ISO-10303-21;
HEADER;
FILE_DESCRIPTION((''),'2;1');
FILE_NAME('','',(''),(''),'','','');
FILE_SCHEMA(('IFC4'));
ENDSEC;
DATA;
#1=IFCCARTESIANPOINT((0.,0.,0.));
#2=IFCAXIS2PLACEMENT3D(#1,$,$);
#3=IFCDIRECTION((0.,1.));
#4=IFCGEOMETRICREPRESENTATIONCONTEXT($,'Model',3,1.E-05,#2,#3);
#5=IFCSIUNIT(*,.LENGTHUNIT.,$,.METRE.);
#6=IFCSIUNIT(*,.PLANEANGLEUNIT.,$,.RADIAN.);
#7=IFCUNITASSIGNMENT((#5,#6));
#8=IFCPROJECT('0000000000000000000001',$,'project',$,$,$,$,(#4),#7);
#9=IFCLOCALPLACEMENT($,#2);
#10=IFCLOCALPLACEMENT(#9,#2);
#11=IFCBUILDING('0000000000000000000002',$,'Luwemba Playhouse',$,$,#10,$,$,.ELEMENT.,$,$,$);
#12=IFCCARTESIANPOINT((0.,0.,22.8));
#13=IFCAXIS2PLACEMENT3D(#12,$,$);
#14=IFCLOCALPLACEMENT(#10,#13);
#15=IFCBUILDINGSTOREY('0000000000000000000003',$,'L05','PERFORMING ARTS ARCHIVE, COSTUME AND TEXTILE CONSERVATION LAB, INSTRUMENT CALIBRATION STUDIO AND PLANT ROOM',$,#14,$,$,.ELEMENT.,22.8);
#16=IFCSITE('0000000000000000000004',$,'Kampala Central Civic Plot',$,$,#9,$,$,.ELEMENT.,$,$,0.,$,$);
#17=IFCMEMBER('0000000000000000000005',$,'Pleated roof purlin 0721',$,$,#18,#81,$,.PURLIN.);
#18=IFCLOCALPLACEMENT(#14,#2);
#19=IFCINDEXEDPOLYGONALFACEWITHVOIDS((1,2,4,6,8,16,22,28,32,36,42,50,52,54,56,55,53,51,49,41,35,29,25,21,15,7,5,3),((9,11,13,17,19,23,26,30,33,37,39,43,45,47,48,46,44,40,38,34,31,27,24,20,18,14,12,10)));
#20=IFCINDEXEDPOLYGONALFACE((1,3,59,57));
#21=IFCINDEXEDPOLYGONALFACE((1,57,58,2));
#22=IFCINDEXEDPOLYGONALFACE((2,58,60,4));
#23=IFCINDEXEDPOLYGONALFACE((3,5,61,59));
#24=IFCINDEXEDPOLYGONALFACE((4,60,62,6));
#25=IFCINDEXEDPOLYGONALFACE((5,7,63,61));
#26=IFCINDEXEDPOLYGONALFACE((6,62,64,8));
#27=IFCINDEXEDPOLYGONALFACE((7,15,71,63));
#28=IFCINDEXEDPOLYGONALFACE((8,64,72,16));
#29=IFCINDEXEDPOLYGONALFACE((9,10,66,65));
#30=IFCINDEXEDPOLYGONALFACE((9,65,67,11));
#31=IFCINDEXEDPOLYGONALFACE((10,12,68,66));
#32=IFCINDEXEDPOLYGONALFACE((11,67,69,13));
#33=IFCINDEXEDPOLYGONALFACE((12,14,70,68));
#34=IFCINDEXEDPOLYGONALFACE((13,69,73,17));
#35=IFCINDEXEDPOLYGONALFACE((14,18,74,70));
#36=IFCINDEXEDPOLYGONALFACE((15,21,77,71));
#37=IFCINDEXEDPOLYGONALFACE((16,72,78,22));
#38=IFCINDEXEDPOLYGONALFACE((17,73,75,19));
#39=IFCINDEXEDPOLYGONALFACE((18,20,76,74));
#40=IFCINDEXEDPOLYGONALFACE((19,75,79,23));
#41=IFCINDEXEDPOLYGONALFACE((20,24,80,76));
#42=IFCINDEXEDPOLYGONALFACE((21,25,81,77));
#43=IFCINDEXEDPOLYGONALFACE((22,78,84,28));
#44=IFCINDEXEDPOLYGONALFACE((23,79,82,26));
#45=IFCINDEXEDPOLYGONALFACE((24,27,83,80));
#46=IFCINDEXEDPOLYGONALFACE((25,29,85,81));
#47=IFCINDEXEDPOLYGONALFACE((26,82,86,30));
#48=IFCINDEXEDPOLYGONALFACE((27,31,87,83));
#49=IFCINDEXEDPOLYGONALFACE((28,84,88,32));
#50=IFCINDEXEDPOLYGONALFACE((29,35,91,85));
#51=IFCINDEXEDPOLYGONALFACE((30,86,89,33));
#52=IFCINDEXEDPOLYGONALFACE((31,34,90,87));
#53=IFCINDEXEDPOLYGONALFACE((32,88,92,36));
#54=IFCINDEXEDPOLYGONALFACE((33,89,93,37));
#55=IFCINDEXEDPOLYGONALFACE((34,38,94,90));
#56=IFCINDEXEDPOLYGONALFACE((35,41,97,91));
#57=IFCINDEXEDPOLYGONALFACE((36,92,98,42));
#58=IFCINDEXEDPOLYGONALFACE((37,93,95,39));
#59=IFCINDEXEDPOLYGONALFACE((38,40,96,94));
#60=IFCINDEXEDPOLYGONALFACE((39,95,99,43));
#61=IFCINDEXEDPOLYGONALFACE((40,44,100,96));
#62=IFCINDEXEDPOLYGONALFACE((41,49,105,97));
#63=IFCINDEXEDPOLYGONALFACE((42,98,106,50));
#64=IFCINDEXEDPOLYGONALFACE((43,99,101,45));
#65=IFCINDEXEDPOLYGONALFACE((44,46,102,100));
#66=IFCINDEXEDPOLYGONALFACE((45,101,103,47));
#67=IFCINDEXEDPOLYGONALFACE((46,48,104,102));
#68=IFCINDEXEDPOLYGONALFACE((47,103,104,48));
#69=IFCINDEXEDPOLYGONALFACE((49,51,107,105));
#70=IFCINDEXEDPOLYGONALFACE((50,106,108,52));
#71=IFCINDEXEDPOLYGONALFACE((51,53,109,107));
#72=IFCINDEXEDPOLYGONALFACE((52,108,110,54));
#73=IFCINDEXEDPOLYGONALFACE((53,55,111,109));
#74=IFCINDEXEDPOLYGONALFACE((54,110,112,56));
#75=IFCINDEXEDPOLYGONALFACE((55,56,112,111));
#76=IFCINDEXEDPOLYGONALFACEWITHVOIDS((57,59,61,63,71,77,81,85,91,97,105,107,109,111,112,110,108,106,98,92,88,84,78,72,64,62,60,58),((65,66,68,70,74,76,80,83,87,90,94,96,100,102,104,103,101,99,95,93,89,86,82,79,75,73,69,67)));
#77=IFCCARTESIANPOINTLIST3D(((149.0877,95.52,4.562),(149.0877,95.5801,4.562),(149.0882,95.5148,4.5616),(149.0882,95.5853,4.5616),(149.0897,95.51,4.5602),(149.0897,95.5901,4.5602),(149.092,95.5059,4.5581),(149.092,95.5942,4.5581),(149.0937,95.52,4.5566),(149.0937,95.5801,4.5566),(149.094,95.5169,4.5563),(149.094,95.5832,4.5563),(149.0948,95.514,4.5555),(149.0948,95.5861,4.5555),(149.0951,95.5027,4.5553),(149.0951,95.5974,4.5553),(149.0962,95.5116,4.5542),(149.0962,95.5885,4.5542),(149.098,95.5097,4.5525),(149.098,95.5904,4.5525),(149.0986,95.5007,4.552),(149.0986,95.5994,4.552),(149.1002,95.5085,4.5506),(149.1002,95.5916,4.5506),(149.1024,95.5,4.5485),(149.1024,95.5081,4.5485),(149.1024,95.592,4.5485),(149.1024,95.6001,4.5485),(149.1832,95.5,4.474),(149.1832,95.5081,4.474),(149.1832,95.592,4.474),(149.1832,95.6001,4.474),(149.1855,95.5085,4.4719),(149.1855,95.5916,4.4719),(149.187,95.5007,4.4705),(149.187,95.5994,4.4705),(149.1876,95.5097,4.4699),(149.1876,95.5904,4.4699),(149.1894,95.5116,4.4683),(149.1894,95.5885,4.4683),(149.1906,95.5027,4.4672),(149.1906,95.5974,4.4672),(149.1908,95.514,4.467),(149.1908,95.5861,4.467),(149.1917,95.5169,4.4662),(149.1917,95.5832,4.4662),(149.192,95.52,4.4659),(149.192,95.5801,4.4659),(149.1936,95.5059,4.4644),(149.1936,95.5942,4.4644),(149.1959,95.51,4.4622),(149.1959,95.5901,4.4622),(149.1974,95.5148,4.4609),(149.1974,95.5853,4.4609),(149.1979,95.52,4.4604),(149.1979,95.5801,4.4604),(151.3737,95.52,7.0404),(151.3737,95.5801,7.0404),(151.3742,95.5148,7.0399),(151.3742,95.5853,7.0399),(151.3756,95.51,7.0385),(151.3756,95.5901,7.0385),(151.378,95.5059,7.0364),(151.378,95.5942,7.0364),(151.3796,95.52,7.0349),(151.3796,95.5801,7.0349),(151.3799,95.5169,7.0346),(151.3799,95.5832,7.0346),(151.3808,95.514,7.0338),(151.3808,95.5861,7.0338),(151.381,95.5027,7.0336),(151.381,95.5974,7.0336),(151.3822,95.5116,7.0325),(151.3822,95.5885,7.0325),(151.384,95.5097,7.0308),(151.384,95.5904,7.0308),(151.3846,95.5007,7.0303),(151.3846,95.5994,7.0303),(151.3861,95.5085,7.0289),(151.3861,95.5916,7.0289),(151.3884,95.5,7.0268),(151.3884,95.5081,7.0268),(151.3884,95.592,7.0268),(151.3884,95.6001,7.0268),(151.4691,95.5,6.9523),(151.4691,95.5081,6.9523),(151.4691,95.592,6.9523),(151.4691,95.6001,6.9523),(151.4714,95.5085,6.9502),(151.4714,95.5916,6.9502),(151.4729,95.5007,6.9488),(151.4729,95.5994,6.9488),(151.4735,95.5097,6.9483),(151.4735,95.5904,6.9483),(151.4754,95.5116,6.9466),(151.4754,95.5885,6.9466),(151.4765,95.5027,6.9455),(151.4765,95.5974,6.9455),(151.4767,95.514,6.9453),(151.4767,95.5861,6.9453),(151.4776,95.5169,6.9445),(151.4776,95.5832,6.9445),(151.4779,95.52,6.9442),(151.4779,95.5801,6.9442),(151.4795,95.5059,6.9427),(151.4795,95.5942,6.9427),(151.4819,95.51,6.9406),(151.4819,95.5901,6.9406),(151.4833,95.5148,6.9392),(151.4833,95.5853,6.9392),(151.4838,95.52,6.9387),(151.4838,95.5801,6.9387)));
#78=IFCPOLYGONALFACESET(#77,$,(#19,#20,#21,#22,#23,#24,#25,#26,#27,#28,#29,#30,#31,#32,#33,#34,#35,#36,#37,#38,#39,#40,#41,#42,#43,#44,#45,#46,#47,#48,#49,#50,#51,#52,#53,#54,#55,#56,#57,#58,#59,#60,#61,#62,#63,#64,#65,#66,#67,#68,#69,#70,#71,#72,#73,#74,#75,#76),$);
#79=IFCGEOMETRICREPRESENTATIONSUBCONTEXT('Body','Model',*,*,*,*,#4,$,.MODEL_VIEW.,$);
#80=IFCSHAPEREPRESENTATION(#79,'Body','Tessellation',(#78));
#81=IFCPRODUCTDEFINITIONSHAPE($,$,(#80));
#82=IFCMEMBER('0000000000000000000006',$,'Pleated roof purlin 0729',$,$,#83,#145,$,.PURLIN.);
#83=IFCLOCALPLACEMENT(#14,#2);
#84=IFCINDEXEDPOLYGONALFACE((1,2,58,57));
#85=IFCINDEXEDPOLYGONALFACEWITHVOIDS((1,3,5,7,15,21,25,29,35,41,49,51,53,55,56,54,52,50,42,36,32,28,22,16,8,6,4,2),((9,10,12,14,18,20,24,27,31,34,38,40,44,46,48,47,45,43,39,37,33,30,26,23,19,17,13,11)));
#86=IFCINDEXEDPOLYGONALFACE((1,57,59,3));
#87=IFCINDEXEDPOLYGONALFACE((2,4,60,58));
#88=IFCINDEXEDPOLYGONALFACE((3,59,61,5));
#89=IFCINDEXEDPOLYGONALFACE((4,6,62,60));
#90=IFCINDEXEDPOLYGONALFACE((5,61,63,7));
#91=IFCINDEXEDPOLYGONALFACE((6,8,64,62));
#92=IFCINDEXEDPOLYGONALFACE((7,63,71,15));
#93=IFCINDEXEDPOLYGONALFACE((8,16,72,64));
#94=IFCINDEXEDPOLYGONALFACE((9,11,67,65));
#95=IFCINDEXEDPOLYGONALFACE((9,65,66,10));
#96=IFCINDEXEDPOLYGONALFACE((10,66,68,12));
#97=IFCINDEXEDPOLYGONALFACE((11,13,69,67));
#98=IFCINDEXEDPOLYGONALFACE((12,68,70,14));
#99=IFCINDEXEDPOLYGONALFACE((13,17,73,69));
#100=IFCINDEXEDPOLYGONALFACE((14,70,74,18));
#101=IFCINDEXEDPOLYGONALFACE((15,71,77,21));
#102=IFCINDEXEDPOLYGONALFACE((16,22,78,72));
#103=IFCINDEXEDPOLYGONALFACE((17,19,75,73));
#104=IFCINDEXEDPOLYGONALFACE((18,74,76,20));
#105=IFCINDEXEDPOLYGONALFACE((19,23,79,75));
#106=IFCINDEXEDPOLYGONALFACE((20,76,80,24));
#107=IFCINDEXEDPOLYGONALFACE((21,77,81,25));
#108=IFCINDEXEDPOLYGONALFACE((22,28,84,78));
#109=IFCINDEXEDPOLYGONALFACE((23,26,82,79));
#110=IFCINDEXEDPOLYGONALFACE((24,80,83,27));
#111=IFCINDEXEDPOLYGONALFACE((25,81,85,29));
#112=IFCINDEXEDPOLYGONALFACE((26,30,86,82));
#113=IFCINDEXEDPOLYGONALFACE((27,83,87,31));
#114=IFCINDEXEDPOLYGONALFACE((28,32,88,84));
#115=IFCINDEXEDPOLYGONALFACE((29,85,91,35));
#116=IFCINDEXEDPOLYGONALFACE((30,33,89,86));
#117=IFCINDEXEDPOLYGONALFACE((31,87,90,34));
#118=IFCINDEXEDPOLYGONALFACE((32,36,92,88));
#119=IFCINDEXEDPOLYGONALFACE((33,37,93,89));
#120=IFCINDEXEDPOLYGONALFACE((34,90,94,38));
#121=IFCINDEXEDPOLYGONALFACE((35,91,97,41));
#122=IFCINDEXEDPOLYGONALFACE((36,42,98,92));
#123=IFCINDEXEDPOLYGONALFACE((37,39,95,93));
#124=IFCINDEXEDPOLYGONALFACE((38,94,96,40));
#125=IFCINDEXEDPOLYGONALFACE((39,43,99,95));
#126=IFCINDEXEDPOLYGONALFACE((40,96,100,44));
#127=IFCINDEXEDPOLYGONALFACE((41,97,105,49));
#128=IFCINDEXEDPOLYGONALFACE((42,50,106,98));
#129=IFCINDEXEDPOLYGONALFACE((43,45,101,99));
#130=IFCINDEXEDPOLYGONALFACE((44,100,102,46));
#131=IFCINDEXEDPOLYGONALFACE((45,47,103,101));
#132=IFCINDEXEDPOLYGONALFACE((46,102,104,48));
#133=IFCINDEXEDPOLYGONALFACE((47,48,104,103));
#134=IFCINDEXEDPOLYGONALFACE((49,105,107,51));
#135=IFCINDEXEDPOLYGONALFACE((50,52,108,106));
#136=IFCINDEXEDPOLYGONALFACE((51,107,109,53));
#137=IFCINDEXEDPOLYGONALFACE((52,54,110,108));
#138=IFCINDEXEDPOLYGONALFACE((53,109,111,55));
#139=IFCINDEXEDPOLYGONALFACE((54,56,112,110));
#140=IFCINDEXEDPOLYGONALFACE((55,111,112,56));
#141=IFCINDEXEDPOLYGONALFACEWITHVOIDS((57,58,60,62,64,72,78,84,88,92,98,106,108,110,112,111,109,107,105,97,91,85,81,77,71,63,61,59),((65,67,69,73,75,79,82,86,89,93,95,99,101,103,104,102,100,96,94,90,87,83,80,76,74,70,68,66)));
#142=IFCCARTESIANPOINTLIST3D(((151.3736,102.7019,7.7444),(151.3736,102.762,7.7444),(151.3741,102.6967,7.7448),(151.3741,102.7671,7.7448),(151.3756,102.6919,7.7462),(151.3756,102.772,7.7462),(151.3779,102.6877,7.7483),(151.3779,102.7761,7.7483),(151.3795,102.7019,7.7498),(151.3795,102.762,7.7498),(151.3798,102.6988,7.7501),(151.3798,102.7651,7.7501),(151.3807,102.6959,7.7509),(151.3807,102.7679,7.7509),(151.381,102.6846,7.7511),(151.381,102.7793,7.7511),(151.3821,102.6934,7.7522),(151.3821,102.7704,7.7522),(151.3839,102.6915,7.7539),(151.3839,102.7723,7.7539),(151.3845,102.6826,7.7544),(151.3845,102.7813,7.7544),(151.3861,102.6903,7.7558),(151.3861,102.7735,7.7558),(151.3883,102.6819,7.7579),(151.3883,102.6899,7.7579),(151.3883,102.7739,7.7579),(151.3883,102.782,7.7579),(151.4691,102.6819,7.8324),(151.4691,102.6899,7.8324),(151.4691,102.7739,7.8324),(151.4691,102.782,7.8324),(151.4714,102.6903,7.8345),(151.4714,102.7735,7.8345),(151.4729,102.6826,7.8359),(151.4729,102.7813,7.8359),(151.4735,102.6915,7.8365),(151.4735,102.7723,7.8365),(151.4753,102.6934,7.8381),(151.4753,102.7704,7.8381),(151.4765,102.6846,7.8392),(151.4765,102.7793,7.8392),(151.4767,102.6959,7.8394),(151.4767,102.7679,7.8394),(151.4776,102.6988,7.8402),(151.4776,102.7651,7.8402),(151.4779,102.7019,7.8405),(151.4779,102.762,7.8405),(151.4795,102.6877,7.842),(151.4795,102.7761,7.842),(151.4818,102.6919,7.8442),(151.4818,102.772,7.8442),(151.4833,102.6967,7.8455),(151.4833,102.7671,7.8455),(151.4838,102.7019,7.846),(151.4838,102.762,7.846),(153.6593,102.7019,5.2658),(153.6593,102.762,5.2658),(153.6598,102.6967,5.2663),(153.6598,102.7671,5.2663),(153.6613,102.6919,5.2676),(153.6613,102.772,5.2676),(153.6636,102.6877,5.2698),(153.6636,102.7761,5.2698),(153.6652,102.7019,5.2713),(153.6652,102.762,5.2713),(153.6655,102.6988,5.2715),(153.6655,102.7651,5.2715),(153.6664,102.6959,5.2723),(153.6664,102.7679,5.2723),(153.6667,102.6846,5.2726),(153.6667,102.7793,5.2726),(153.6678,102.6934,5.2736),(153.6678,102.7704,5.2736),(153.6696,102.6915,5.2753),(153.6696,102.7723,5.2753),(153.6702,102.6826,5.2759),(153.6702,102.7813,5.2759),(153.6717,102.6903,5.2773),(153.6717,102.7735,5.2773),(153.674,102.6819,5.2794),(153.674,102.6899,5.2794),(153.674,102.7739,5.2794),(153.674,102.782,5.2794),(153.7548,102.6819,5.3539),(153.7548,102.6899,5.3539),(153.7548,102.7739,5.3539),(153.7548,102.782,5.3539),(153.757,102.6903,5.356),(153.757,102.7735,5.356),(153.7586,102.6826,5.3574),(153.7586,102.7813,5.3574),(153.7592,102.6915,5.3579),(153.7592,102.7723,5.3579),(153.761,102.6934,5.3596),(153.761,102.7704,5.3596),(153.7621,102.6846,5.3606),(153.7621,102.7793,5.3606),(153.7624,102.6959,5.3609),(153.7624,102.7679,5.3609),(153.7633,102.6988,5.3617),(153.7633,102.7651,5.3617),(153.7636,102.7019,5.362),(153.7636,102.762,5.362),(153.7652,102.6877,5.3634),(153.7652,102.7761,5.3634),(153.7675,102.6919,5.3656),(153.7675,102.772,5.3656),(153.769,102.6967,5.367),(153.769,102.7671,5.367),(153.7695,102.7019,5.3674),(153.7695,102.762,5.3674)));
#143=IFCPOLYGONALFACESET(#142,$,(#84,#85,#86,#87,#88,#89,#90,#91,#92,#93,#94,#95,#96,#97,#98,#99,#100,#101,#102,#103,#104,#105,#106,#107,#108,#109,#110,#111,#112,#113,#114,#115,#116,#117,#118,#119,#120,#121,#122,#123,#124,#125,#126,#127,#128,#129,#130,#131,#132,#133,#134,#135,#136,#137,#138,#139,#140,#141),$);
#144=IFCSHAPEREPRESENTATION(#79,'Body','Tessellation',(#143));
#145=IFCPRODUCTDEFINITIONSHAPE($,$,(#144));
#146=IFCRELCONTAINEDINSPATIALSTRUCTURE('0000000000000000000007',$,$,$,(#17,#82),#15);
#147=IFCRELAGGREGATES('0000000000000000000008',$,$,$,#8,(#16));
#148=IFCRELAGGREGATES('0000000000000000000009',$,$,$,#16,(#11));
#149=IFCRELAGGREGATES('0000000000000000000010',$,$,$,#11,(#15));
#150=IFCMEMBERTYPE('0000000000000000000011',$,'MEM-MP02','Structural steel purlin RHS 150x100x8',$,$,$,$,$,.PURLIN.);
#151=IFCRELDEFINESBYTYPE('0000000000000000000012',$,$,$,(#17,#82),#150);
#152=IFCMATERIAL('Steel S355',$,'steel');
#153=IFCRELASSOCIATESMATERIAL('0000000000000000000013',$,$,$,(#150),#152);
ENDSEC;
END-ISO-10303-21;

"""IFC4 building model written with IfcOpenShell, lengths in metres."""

from ifc_helpers import new_model, si_unit, direction, frame, origin, origin_2d, place, context, subcontext, project, spatial, hollow_rectangle, extrude, material, material_profile, profile_set, type_object, element, save


model = new_model("IFC4")

# Units and contexts
model_context = context("Model", 3, precision=1e-05, world=origin(), true_north=direction((0.0, 1.0)))
body_context = subcontext(model_context, "Body", "Model", "MODEL_VIEW")
ifc_project = project(units=[si_unit("LENGTHUNIT", "METRE"), si_unit("PLANEANGLEUNIT", "RADIAN")], contexts=[model_context])

# Site, building, storey
site_placement = place(None, origin())
site = spatial("IfcSite", under=ifc_project, at=site_placement, Name="Kampala Central Civic Plot", CompositionType="ELEMENT", RefElevation=0.0)
building_placement = place(site_placement, origin())
building = spatial("IfcBuilding", under=site, at=building_placement, Name="Luwemba Playhouse", CompositionType="ELEMENT")
storey_placement = place(building_placement, frame((0.0, 0.0, 22.8)))
storey = spatial("IfcBuildingStorey", under=building, at=storey_placement, Name="L05", Description="PERFORMING ARTS ARCHIVE, COSTUME AND TEXTILE CONSERVATION LAB, INSTRUMENT CALIBRATION STUDIO AND PLANT ROOM", CompositionType="ELEMENT", Elevation=22.8)

# Shared definitions
ifc_material_1 = material(Name="Steel S355", Category="steel")

# Members
ifc_material_profile_1 = material_profile(ifc_material_1, hollow_rectangle(XDim=0.1001, YDim=0.1499, WallThickness=0.0081, InnerFilletRadius=0.012, OuterFilletRadius=0.02, at=origin_2d()))
ifc_profile_set_1 = profile_set([ifc_material_profile_1], Name="Steel S355")
member_type_1 = type_object("IfcMemberType", Name="MEM-MP02", Description="Structural steel purlin RHS 150x100x8", PredefinedType="PURLIN", material=ifc_profile_set_1)
for number, where, z_axis, x_axis, name in (
    (1, (149.1428, 95.55, 4.5112), (0.678, 0.0, 0.735062), (0.0, 1.0, 0.0), "Pleated roof purlin 0721"),
    (2, (151.4287, 102.7319, 7.7952), (0.677925, 0.0, -0.735131), (0.0, 1.0, 0.0), "Pleated roof purlin 0729"),
):
    element("IfcMember", number, at=place(storey_placement, frame(where, z_axis=z_axis, x_axis=x_axis)), inside=storey, type_object=member_type_1, Name=name, PredefinedType="PURLIN", context=body_context, shape_type="SweptSolid", body=[
        extrude(hollow_rectangle(XDim=0.1001, YDim=0.1499, WallThickness=0.0081, InnerFilletRadius=0.012, OuterFilletRadius=0.02, at=origin_2d()), origin(), (0.0, 0.0, 1.0), 3.3716),
    ])

save(model, "model.ifc")
